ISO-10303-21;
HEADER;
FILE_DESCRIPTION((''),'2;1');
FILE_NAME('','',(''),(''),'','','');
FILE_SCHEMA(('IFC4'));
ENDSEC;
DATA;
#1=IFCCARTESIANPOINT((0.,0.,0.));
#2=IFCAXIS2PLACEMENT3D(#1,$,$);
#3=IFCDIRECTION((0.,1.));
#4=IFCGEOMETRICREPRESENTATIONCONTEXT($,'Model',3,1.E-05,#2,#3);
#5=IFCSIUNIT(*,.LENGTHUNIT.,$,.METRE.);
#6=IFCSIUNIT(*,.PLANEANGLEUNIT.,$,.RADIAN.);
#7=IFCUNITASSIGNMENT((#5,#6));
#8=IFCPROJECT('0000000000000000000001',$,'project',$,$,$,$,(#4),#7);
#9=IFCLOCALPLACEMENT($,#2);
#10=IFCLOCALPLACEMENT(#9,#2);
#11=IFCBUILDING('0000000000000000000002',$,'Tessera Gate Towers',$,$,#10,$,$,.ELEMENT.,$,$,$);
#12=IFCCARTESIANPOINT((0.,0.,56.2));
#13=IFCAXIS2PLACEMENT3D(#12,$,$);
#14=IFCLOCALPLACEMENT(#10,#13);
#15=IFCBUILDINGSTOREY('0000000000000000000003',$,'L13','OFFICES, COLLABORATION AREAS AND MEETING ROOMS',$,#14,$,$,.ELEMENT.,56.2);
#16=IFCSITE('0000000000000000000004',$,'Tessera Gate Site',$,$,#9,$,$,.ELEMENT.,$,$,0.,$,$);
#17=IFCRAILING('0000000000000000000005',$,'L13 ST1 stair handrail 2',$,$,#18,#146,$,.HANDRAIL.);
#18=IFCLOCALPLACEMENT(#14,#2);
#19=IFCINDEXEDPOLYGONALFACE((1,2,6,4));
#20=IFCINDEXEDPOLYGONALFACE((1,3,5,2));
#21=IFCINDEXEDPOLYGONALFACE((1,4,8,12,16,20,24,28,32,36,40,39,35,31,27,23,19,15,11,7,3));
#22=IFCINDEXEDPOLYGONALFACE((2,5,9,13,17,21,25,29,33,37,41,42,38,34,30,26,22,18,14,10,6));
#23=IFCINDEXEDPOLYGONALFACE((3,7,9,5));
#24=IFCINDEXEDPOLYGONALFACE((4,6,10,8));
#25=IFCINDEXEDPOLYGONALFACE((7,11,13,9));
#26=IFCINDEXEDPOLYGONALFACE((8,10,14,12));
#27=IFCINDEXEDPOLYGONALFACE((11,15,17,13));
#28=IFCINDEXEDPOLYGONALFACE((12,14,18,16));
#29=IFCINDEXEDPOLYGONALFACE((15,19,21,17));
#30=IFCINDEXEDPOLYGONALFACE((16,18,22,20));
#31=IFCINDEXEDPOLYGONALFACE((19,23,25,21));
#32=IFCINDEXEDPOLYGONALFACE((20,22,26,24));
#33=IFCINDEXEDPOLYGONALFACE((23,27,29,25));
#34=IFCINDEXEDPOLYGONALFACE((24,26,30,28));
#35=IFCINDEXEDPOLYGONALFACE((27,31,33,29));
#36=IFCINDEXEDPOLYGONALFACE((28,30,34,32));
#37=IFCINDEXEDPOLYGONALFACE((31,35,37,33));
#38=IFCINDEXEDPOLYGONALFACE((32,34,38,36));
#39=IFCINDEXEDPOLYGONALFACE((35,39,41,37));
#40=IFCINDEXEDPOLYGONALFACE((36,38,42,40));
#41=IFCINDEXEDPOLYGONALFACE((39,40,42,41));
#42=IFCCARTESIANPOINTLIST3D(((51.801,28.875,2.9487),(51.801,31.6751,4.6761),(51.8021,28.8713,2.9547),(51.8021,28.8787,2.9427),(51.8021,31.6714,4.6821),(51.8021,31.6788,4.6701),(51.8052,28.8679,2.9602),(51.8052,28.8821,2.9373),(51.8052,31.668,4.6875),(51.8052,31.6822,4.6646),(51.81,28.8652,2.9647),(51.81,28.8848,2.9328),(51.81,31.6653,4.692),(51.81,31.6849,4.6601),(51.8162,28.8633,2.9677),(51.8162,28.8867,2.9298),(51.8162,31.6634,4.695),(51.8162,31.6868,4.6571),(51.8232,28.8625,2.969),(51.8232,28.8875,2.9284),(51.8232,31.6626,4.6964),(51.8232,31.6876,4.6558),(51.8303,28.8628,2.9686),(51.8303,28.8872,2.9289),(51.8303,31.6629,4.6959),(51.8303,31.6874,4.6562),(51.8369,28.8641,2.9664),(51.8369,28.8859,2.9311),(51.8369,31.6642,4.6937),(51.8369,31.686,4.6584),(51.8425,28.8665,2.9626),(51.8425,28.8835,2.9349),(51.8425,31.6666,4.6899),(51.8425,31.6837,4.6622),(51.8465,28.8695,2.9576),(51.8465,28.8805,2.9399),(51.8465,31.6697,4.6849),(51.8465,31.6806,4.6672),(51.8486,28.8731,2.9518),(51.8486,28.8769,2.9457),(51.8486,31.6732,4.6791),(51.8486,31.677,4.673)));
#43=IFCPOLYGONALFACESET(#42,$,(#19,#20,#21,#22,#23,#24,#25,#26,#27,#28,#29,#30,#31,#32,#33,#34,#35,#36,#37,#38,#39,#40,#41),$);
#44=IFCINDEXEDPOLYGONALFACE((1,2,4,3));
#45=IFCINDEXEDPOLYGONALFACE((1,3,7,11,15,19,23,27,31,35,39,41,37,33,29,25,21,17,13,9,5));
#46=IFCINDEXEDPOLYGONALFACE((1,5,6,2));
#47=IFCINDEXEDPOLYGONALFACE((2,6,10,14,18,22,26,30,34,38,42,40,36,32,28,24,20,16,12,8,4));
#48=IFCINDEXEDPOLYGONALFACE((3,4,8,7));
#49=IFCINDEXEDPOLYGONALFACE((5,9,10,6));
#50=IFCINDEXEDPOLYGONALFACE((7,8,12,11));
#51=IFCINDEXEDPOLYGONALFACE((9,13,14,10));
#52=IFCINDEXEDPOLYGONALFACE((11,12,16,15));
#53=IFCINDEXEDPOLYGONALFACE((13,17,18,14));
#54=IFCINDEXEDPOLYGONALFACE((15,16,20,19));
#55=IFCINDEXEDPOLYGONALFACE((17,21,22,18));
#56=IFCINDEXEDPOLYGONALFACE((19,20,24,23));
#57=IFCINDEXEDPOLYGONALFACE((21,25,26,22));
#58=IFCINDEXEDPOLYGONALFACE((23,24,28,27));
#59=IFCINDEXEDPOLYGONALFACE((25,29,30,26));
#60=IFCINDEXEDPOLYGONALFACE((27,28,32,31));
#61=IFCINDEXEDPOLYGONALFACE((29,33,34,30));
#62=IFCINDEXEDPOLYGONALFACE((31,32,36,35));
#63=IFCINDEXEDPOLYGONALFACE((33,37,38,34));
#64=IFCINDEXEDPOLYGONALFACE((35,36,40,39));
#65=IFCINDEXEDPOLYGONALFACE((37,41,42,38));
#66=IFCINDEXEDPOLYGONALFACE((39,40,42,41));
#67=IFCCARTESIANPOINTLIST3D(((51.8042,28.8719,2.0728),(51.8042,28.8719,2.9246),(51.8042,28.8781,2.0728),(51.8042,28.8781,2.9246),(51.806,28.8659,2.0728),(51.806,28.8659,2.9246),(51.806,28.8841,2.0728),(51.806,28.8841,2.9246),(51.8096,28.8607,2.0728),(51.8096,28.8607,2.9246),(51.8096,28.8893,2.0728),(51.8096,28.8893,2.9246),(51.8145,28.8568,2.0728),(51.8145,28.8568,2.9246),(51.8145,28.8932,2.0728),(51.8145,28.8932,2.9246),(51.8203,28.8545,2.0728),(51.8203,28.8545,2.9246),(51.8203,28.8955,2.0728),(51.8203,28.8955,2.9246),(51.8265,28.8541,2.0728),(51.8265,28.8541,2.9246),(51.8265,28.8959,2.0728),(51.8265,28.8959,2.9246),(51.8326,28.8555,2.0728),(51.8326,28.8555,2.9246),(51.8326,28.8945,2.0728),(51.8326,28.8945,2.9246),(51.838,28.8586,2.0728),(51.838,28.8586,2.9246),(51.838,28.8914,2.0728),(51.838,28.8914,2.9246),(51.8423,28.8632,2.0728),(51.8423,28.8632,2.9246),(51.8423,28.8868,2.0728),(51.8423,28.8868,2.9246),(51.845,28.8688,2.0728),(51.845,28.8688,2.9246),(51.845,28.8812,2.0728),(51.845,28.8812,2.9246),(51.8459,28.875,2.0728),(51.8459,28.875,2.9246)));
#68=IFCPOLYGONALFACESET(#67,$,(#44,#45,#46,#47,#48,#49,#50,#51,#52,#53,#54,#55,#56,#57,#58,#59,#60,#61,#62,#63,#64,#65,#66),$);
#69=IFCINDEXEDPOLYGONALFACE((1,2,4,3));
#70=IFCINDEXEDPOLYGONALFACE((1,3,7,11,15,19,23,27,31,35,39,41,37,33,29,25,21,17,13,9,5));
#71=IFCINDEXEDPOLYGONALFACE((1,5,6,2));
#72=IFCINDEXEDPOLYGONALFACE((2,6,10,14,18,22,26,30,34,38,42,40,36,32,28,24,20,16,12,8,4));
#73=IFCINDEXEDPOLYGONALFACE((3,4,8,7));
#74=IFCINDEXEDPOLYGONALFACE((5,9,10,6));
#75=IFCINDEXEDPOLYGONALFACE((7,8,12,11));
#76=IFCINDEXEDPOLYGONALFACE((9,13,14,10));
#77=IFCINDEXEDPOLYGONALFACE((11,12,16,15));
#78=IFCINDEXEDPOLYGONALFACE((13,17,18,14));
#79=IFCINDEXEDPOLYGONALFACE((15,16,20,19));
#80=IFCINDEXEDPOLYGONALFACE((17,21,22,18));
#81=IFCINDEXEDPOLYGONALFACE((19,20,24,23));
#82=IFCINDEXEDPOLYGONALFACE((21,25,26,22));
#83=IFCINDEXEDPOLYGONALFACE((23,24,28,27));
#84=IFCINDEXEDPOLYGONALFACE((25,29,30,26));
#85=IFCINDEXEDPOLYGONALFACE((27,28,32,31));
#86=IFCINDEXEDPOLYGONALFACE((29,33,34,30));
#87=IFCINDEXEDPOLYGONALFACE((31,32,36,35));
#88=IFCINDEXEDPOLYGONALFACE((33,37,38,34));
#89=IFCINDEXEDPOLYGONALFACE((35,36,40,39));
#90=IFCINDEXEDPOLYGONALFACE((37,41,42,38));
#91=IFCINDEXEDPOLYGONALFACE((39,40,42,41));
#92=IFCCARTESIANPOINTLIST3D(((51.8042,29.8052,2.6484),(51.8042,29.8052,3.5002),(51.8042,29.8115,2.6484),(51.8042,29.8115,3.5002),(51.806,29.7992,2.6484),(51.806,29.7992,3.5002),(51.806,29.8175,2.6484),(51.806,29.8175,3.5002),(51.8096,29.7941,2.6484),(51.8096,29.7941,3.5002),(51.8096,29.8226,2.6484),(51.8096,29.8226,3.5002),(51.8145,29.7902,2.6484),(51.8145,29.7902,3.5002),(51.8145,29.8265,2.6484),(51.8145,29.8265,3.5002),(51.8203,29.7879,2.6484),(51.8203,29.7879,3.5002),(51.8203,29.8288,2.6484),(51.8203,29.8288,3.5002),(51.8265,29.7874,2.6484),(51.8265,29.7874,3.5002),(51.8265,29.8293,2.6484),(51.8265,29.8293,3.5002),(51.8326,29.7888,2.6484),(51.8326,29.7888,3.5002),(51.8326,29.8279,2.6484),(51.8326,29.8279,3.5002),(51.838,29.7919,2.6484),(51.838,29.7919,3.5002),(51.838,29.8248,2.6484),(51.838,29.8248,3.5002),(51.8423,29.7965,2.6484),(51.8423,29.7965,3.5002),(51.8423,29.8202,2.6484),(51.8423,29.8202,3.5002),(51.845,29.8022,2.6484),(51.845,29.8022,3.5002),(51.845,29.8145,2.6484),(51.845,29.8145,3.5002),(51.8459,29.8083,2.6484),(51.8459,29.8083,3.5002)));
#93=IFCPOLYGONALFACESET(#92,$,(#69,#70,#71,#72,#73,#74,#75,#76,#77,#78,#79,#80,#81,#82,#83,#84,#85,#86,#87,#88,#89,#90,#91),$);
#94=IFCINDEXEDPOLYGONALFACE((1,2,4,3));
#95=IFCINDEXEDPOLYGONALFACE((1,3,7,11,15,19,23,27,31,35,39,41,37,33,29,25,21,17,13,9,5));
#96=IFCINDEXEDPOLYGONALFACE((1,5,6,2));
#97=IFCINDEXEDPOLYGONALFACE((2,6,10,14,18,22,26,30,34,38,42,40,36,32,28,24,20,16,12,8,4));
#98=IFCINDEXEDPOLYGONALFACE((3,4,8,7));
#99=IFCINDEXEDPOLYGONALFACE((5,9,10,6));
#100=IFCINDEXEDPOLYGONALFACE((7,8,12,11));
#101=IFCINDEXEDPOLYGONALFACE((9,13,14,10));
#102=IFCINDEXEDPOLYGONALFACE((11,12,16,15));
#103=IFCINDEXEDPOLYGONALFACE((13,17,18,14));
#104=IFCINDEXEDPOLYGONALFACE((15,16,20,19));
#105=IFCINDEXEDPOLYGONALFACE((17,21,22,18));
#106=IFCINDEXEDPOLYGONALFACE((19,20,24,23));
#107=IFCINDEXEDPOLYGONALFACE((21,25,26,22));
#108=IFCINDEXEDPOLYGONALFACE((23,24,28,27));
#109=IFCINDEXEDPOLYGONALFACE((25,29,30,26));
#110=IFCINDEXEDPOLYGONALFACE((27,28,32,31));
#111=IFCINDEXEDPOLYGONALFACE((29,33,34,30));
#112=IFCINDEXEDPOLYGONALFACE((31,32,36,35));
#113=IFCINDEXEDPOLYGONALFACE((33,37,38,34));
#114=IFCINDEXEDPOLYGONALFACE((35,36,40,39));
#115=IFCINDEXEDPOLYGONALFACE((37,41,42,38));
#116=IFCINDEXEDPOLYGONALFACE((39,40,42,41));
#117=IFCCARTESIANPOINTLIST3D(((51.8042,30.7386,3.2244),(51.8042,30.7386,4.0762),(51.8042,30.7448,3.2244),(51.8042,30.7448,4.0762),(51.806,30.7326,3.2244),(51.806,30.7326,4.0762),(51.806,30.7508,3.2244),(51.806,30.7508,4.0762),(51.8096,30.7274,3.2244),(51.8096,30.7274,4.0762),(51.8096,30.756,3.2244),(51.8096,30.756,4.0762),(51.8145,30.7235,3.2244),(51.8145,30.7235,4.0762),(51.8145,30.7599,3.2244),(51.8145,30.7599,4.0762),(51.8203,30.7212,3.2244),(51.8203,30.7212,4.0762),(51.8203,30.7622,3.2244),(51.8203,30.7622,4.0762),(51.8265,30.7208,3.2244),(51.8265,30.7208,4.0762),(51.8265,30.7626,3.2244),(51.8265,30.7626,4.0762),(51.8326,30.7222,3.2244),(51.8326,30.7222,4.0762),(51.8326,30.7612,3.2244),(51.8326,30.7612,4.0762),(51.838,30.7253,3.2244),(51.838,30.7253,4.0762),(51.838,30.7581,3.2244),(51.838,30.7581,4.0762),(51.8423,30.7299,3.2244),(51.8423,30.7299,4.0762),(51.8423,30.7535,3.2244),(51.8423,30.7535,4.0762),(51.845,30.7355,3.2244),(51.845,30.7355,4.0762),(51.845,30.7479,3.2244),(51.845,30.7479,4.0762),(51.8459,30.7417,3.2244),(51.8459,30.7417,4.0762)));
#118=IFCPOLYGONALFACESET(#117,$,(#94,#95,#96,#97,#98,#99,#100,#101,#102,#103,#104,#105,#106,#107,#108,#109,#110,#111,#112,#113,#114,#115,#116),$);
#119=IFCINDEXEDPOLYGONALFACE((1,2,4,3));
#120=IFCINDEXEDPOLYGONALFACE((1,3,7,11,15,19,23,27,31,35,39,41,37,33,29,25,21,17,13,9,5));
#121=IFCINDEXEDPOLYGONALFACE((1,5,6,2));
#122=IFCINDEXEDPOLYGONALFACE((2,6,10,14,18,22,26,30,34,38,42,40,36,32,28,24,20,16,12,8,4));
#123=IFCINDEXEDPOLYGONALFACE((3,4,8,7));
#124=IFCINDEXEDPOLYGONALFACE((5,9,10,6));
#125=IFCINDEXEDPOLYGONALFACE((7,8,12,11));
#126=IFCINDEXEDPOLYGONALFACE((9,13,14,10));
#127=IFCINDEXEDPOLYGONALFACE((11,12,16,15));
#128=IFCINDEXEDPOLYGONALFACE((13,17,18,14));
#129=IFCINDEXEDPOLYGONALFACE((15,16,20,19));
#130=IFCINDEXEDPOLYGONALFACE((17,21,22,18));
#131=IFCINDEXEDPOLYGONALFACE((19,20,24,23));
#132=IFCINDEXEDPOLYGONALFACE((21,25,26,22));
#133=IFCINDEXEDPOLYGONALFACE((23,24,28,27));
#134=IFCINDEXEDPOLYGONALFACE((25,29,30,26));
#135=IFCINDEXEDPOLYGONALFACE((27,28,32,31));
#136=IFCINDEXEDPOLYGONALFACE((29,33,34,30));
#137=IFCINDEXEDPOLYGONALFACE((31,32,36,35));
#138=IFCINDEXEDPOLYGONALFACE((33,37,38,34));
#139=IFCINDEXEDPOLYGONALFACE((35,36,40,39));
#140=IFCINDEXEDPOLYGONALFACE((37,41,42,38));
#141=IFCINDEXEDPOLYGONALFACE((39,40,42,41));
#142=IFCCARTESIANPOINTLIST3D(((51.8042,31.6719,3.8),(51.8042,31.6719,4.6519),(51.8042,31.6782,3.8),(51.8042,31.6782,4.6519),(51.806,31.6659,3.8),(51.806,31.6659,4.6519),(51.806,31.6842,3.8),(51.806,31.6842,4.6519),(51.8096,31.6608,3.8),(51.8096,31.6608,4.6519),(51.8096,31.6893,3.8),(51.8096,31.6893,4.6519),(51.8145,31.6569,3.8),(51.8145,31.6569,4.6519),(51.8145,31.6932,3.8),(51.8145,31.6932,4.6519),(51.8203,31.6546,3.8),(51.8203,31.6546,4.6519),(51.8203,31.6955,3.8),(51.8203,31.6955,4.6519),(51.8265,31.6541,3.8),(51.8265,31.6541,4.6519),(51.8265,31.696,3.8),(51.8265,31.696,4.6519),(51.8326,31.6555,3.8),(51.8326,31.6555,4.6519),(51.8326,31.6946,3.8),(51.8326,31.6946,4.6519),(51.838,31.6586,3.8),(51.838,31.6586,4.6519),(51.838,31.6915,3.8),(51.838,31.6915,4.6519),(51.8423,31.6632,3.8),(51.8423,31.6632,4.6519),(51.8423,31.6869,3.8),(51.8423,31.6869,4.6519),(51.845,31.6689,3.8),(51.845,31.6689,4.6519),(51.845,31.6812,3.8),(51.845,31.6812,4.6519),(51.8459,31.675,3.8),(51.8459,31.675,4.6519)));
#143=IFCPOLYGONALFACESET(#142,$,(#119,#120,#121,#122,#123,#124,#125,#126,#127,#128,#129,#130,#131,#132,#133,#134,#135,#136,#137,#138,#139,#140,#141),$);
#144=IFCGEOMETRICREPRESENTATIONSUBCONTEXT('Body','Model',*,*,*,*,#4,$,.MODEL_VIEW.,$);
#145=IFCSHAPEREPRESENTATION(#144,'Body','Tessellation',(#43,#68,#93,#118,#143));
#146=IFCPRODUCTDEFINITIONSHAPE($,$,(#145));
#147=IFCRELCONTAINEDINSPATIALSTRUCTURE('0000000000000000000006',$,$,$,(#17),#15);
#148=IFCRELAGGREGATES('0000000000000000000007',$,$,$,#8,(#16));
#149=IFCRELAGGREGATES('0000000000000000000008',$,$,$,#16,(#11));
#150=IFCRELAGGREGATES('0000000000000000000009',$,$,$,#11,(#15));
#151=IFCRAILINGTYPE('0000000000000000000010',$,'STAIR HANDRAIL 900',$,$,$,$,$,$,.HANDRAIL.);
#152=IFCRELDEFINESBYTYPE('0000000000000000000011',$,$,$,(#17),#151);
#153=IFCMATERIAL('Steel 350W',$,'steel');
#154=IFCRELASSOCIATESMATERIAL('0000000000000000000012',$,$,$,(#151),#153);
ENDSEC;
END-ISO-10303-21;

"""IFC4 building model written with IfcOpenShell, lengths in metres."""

from ifc_helpers import new_model, si_unit, direction, frame, origin, origin_2d, place, context, subcontext, project, spatial, circle, extrude, material, type_object, element, save


model = new_model("IFC4")

# Units and contexts
model_context = context("Model", 3, precision=1e-05, world=origin(), true_north=direction((0.0, 1.0)))
body_context = subcontext(model_context, "Body", "Model", "MODEL_VIEW")
ifc_project = project(units=[si_unit("LENGTHUNIT", "METRE"), si_unit("PLANEANGLEUNIT", "RADIAN")], contexts=[model_context])

# Site, building, storey
site_placement = place(None, origin())
site = spatial("IfcSite", under=ifc_project, at=site_placement, Name="Tessera Gate Site", CompositionType="ELEMENT", RefElevation=0.0)
building_placement = place(site_placement, origin())
building = spatial("IfcBuilding", under=site, at=building_placement, Name="Tessera Gate Towers", CompositionType="ELEMENT")
storey_placement = place(building_placement, frame((0.0, 0.0, 56.2)))
storey = spatial("IfcBuildingStorey", under=building, at=storey_placement, Name="L13", Description="OFFICES, COLLABORATION AREAS AND MEETING ROOMS", CompositionType="ELEMENT", Elevation=56.2)

# Railing
ifc_material_1 = material(Name="Steel 350W", Category="steel")
railing_type_1 = type_object("IfcRailingType", Name="STAIR HANDRAIL 900", PredefinedType="HANDRAIL", material=ifc_material_1)
railing_1_placement = place(storey_placement, frame((51.825, 28.875, 2.0728)))
element("IfcRailing", 1, at=railing_1_placement, inside=storey, type_object=railing_type_1, Name="L13 ST1 stair handrail 2", PredefinedType="HANDRAIL", context=body_context, shape_type="SweptSolid", body=[
    extrude(circle(Radius=0.0239, at=origin_2d()), frame((0.0, 0.0, 0.876), z_axis=(0.0, 0.85109, 0.52502), x_axis=(-1.0, 0.0, 0.0)), (0.0, 0.0, 1.0), 3.29),
    extrude(circle(Radius=0.021, at=origin_2d()), origin(), (0.0, 0.0, 1.0), 0.8518),
    extrude(circle(Radius=0.021, at=origin_2d()), frame((0.0, 0.9333, 0.5757)), (0.0, 0.0, 1.0), 0.8518),
    extrude(circle(Radius=0.021, at=origin_2d()), frame((0.0, 1.8667, 1.1516)), (0.0, 0.0, 1.0), 0.8518),
    extrude(circle(Radius=0.021, at=origin_2d()), frame((0.0, 2.8, 1.7273)), (0.0, 0.0, 1.0), 0.8518),
])

save(model, "model.ifc")
